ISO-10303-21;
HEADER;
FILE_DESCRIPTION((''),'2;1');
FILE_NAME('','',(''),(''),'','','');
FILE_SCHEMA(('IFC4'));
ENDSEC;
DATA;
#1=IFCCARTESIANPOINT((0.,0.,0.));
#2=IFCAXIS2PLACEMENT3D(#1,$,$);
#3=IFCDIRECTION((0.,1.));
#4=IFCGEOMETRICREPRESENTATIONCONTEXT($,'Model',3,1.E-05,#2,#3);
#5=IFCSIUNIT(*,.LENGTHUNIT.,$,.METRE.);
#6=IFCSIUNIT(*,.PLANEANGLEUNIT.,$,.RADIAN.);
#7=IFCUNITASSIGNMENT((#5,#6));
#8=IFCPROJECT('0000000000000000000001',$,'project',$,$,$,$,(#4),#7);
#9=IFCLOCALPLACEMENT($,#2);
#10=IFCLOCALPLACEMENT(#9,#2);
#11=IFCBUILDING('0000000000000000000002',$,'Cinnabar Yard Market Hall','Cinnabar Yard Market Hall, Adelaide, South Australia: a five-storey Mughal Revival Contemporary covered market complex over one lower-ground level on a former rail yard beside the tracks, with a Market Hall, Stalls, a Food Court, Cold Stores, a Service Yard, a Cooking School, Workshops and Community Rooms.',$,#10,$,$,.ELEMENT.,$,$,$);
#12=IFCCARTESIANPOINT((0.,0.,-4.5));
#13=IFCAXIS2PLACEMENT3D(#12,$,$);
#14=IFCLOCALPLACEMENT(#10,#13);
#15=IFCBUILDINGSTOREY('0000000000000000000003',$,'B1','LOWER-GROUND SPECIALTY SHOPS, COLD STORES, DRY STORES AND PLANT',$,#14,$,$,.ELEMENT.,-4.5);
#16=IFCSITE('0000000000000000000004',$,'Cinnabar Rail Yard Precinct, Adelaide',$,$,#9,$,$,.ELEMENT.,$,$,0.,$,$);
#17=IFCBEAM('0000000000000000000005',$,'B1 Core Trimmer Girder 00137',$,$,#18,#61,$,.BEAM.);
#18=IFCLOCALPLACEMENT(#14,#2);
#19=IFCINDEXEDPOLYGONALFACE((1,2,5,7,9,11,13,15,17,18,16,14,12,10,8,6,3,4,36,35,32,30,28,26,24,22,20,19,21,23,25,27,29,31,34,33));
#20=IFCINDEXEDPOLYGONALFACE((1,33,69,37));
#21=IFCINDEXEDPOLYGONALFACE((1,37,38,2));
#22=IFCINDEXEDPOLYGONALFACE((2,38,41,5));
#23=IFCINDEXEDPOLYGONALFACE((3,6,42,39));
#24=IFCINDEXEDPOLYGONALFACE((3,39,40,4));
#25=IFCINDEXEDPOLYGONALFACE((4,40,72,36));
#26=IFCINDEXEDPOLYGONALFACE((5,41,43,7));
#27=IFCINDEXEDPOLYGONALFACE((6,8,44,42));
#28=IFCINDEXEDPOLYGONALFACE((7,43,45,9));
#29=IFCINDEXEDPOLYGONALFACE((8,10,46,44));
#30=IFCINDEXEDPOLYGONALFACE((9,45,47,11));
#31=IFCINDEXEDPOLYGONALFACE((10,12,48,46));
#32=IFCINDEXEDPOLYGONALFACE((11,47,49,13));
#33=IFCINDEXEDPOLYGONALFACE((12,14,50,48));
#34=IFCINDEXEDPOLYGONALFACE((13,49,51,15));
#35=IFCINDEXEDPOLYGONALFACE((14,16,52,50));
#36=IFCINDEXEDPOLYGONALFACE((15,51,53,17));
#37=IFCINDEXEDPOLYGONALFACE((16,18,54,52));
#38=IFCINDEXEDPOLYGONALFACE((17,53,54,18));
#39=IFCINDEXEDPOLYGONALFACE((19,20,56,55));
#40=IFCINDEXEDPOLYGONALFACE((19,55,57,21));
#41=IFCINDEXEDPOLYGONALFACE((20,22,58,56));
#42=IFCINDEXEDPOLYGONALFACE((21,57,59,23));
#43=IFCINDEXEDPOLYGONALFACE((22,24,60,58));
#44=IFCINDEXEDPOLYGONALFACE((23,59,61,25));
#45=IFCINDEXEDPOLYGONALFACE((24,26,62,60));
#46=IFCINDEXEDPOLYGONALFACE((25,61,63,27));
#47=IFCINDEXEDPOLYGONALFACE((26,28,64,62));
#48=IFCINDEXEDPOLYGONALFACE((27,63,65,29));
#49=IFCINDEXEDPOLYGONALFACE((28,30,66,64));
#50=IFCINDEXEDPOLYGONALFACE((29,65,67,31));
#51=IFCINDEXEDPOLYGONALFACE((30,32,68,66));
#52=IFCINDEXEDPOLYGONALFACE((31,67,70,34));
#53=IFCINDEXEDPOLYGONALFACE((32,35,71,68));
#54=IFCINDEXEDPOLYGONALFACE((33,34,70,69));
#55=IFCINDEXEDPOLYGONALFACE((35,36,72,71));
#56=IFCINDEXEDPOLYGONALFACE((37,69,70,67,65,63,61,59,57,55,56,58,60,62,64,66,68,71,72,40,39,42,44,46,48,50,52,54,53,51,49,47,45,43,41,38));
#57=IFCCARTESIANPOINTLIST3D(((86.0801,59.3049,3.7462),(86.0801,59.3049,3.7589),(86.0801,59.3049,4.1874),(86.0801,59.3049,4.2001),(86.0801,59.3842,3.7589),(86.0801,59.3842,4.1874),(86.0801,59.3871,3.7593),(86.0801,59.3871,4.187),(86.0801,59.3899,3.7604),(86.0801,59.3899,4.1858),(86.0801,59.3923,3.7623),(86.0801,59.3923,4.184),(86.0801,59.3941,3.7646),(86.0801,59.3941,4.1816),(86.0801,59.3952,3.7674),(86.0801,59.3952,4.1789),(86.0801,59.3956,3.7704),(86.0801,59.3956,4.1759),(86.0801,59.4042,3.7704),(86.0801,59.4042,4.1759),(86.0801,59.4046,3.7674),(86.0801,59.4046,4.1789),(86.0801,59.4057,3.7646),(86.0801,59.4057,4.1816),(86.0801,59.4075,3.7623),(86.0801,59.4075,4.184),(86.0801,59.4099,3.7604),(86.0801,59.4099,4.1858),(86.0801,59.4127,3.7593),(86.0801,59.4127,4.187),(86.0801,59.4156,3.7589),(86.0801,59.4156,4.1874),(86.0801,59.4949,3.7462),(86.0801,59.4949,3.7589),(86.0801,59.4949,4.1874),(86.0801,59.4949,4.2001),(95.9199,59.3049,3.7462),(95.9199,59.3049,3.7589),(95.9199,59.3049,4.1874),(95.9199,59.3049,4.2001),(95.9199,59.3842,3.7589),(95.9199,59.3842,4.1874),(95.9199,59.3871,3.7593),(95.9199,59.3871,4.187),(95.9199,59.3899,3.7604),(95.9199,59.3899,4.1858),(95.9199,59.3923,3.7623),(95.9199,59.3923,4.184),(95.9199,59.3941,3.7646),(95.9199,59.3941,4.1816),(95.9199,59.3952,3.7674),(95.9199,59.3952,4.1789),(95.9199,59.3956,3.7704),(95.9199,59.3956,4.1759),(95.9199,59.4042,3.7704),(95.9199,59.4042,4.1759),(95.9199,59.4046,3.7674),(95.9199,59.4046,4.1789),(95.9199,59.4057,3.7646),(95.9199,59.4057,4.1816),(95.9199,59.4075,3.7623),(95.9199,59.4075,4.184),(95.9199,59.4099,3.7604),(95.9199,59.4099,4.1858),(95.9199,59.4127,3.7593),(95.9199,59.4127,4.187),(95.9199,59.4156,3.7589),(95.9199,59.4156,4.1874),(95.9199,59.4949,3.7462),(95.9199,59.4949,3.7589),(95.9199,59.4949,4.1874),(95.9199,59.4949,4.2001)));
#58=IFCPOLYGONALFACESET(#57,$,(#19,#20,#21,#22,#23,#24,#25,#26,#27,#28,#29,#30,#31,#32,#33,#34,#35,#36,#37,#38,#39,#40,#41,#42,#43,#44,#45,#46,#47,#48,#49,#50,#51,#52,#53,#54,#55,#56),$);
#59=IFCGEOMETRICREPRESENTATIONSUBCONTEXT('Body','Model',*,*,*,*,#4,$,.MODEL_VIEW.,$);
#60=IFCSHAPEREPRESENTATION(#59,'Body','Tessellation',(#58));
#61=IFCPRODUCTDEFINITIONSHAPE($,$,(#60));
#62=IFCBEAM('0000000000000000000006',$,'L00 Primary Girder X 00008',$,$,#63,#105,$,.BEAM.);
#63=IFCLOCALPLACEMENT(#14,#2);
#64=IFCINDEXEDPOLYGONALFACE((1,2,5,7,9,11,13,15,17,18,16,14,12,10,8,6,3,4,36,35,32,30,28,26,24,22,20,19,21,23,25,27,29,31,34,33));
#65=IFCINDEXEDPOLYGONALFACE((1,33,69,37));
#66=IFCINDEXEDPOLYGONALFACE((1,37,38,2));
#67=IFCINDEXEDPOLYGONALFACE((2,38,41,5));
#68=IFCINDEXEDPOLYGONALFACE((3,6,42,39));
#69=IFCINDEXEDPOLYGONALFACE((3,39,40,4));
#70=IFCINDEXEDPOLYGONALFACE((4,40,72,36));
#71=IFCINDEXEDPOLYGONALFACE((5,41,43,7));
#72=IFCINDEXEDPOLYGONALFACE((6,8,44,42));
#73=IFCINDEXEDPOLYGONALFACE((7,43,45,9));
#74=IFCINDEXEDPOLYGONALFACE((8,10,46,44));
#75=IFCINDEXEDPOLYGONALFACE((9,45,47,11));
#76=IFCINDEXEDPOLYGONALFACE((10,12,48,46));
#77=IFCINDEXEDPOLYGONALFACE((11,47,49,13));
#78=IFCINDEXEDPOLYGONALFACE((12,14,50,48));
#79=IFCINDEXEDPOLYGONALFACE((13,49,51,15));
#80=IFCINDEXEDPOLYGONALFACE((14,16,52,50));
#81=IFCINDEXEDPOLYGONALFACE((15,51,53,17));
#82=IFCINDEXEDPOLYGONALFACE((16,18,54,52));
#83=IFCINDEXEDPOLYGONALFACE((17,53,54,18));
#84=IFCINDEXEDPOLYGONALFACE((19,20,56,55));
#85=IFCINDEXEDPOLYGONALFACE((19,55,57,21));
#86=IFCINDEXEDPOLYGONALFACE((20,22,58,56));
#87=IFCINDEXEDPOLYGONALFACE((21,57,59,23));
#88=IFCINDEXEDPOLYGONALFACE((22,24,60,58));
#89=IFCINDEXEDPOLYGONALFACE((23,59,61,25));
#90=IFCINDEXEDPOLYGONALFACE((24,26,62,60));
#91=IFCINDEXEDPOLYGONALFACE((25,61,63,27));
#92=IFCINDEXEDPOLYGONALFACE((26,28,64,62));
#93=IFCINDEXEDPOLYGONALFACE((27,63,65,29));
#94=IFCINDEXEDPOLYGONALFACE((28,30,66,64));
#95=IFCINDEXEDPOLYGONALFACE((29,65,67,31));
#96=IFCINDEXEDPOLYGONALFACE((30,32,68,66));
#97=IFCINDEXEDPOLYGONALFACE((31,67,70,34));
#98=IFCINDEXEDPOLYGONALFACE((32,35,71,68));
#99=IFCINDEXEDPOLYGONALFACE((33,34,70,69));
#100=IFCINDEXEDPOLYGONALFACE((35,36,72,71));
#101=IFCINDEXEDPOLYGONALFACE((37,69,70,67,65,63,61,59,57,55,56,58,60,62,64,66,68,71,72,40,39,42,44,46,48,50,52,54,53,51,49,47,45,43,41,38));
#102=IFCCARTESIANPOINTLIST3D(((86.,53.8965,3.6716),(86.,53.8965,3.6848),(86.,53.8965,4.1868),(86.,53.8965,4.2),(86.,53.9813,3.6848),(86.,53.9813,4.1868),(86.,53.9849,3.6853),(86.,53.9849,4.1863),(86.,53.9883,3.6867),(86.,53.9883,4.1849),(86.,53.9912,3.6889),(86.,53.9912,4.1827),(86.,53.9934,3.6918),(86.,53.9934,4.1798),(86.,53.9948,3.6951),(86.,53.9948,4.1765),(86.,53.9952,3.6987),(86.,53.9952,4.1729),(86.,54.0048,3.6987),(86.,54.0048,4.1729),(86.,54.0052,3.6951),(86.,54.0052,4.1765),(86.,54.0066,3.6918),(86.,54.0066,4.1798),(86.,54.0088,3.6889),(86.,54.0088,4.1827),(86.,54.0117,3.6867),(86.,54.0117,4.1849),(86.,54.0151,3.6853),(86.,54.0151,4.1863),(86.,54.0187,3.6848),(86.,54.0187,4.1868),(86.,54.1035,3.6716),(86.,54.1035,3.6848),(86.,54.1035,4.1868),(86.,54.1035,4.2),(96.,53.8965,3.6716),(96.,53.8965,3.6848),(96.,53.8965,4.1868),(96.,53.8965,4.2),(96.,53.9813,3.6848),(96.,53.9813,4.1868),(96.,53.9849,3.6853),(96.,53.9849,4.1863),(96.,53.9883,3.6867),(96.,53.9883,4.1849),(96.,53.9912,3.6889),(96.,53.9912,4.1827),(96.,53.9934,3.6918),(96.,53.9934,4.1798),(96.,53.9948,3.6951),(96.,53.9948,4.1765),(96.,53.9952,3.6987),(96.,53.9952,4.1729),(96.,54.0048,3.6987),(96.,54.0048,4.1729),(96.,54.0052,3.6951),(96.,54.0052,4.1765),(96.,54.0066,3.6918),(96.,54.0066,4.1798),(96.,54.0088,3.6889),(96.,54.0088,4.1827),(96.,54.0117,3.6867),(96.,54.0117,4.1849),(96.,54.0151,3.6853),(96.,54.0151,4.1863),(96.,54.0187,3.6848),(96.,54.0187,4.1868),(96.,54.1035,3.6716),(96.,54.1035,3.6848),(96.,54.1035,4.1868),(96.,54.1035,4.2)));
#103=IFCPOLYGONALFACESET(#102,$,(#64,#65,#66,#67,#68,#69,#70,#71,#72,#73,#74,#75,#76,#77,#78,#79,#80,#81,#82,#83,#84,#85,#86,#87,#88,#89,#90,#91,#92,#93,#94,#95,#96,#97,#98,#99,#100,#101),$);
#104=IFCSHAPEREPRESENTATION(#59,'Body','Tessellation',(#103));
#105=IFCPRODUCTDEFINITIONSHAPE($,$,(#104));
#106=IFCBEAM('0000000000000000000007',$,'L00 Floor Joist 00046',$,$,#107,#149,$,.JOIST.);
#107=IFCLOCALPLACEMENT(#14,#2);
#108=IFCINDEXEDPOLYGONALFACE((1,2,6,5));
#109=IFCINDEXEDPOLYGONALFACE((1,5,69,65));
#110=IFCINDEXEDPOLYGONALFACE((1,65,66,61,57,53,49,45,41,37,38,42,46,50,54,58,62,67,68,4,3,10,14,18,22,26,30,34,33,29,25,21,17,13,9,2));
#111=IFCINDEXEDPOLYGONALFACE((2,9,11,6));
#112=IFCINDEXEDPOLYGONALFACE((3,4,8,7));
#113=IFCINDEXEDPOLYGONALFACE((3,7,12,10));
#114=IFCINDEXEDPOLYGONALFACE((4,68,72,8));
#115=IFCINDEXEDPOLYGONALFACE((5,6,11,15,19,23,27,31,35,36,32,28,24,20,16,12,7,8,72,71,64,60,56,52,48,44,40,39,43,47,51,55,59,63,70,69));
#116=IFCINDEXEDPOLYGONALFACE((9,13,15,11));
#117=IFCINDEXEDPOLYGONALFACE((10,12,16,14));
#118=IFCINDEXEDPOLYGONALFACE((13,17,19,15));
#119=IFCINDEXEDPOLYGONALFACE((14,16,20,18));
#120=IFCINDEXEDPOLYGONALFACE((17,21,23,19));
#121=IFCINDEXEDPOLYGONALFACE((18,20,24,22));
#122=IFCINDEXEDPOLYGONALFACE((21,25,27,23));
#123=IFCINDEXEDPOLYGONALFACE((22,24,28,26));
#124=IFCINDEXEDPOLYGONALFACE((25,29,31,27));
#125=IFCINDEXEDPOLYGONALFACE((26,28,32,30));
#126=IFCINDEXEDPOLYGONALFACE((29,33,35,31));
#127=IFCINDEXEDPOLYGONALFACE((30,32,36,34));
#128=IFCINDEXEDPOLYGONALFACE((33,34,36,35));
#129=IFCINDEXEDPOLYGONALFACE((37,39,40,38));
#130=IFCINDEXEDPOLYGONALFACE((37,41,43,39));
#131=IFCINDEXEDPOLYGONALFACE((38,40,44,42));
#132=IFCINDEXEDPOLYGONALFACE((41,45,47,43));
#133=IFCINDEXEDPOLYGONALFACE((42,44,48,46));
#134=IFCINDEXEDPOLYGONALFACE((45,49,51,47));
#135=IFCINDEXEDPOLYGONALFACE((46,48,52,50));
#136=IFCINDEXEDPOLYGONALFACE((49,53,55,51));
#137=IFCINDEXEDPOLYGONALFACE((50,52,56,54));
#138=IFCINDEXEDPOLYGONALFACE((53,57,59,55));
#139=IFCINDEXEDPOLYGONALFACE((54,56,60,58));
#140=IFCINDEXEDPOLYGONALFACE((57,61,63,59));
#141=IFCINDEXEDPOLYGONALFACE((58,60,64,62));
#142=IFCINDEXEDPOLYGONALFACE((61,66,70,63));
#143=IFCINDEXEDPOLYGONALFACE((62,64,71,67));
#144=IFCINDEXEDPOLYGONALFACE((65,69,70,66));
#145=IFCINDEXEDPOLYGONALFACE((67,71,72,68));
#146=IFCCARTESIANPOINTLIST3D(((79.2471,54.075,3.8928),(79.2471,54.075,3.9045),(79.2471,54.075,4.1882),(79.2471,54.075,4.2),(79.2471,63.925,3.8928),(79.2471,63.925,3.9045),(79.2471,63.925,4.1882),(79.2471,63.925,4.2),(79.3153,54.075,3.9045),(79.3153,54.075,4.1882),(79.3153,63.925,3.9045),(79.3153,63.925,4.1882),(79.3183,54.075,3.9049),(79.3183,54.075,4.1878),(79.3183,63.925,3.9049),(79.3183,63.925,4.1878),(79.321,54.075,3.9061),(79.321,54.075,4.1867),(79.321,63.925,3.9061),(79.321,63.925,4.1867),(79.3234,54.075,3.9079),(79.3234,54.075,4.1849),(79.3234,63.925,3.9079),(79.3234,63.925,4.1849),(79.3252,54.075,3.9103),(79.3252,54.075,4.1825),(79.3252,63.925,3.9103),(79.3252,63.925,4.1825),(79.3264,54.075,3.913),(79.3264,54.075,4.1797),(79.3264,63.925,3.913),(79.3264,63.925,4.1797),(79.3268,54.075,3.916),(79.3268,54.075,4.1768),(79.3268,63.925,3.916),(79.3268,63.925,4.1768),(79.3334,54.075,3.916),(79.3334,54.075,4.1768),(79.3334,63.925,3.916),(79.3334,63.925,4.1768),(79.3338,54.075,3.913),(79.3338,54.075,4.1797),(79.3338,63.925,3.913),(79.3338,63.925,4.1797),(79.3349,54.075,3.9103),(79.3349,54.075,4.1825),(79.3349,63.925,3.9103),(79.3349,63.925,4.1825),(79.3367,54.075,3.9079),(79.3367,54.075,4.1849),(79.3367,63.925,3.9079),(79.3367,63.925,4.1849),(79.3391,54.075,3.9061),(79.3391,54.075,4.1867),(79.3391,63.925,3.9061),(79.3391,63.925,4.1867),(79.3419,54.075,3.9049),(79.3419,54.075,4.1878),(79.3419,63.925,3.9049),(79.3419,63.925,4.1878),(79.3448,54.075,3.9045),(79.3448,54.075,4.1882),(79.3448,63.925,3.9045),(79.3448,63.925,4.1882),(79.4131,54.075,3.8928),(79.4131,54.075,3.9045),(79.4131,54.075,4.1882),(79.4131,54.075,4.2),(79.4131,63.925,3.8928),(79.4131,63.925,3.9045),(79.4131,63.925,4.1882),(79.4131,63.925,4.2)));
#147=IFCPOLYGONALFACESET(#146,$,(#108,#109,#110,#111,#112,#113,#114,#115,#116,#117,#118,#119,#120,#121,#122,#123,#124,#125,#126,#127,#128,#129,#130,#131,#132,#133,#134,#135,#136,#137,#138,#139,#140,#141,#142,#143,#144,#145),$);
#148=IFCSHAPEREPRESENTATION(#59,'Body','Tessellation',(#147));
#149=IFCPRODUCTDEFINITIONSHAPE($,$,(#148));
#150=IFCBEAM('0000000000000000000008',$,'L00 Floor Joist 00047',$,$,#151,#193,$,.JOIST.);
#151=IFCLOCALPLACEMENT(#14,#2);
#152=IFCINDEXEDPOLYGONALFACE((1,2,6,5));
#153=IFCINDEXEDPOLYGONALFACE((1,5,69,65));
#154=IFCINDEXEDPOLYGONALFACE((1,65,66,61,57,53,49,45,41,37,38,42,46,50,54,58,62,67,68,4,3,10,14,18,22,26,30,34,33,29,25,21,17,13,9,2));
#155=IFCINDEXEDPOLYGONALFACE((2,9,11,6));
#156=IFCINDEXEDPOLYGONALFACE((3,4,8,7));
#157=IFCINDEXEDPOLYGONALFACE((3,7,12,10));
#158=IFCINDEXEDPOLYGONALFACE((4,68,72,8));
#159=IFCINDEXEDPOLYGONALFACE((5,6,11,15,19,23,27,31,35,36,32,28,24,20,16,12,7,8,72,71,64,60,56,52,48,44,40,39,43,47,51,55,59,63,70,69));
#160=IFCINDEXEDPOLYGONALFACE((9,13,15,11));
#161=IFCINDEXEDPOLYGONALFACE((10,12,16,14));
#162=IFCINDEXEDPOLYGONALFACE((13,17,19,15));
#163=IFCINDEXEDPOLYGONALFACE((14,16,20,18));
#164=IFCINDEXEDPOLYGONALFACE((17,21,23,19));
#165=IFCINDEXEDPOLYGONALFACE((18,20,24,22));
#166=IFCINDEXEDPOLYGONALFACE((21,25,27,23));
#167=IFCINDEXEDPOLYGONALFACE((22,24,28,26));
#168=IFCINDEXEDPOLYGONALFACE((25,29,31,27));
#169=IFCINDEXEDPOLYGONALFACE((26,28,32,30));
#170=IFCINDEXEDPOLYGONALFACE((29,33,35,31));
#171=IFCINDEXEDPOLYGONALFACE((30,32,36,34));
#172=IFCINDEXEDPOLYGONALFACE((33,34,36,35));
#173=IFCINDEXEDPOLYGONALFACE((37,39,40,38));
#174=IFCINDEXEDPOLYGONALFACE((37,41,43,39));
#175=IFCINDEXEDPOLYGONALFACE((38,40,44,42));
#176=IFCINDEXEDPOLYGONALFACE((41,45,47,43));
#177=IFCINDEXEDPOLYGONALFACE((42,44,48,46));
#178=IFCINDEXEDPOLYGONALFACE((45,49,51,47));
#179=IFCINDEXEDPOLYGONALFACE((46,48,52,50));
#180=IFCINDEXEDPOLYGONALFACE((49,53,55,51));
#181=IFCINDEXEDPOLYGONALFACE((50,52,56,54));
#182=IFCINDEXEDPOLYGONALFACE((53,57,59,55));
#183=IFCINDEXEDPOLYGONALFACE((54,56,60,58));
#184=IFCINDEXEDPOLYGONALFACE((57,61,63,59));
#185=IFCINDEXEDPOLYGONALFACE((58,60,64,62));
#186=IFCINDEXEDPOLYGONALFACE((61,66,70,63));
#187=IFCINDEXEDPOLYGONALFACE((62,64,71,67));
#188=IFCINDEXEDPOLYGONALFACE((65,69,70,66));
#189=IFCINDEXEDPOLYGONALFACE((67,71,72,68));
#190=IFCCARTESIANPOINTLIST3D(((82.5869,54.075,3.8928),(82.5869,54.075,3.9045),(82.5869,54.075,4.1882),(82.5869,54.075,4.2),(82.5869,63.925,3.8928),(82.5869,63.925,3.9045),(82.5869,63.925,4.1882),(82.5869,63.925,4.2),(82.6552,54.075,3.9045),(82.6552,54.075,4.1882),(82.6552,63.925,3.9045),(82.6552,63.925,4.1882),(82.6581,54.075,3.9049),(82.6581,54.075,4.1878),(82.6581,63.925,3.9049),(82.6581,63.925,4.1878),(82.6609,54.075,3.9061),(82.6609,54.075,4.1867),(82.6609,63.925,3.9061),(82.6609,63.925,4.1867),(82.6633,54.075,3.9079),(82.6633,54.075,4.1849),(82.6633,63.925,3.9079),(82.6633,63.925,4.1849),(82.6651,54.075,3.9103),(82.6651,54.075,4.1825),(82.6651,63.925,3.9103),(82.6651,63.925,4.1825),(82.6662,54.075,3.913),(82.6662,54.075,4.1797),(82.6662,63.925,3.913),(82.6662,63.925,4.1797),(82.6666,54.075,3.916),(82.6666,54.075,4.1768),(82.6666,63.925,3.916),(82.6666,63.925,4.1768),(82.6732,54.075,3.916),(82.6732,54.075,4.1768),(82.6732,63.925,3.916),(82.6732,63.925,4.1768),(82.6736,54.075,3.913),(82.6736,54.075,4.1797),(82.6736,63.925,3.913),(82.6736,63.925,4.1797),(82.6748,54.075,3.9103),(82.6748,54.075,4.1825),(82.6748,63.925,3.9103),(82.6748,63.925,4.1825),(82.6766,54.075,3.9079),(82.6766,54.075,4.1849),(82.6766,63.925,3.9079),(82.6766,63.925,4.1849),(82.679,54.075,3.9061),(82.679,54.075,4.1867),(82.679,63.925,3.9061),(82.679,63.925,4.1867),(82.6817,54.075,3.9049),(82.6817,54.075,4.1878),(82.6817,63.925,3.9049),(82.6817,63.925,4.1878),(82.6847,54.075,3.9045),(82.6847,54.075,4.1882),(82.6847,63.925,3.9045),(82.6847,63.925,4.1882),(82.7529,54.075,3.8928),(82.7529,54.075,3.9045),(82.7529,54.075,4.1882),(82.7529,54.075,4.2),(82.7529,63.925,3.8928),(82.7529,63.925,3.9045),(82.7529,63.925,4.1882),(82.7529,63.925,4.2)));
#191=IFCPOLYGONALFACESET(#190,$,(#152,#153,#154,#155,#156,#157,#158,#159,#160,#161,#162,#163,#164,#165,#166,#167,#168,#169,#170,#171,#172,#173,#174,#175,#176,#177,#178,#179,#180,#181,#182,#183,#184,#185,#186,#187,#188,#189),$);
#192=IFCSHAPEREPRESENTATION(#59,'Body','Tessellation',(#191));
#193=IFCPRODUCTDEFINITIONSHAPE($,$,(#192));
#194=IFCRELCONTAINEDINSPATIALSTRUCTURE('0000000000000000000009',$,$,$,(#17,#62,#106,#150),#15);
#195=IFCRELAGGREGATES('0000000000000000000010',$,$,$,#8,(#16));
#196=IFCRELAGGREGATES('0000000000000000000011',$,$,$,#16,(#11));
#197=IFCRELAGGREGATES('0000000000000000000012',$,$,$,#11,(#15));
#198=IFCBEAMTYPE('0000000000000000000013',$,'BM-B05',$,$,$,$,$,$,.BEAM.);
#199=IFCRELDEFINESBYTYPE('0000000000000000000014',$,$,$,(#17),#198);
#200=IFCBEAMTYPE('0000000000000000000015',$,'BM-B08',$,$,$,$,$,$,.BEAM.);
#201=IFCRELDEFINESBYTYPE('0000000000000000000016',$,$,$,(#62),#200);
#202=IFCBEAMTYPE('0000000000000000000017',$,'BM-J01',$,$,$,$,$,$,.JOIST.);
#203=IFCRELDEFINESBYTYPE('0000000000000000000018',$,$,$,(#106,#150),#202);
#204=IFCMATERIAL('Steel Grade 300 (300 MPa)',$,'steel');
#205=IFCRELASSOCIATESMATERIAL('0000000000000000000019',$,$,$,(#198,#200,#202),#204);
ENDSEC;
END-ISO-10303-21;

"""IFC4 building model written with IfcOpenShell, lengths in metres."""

from ifc_helpers import new_model, si_unit, direction, frame, origin, origin_2d_with_axis, place, context, subcontext, project, spatial, i_section, extrude, material, material_profile, profile_set, type_object, element, save


model = new_model("IFC4")

# Units and contexts
model_context = context("Model", 3, precision=1e-05, world=origin(), true_north=direction((0.0, 1.0)))
body_context = subcontext(model_context, "Body", "Model", "MODEL_VIEW")
ifc_project = project(units=[si_unit("LENGTHUNIT", "METRE"), si_unit("PLANEANGLEUNIT", "RADIAN")], contexts=[model_context])

# Site, building, storey
site_placement = place(None, origin())
site = spatial("IfcSite", under=ifc_project, at=site_placement, Name="Cinnabar Rail Yard Precinct, Adelaide", CompositionType="ELEMENT", RefElevation=0.0)
building_placement = place(site_placement, origin())
building = spatial("IfcBuilding", under=site, at=building_placement, Name="Cinnabar Yard Market Hall", Description="Cinnabar Yard Market Hall, Adelaide, South Australia: a five-storey Mughal Revival Contemporary covered market complex over one lower-ground level on a former rail yard beside the tracks, with a Market Hall, Stalls, a Food Court, Cold Stores, a Service Yard, a Cooking School, Workshops and Community Rooms.", CompositionType="ELEMENT")
storey_placement = place(building_placement, frame((0.0, 0.0, -4.5)))
storey = spatial("IfcBuildingStorey", under=building, at=storey_placement, Name="B1", Description="LOWER-GROUND SPECIALTY SHOPS, COLD STORES, DRY STORES AND PLANT", CompositionType="ELEMENT", Elevation=-4.5)

# Beams
ifc_material_1 = material(Name="Steel Grade 300 (300 MPa)", Category="steel")
ifc_material_profile_1 = material_profile(ifc_material_1, i_section(OverallWidth=0.1899, OverallDepth=0.4539, WebThickness=0.0085, FlangeThickness=0.0127, FilletRadius=0.0115, at=origin_2d_with_axis()), Name="460UB67.1")
ifc_profile_set_1 = profile_set([ifc_material_profile_1], Name="Steel Grade 300 (300 MPa)")
beam_type_1 = type_object("IfcBeamType", Name="BM-B05", PredefinedType="BEAM", material=ifc_profile_set_1)
beam_1_placement = place(storey_placement, frame((86.0801, 59.3999, 3.9731), z_axis=(1.0, 0.0, 0.0), x_axis=(0.0, 1.0, 0.0)))
element("IfcBeam", 1, at=beam_1_placement, inside=storey, type_object=beam_type_1, Name="B1 Core Trimmer Girder 00137", PredefinedType="BEAM", context=body_context, shape_type="SweptSolid", body=[
    extrude(i_section(OverallWidth=0.1899, OverallDepth=0.4539, WebThickness=0.0085, FlangeThickness=0.0127, FilletRadius=0.0115, at=origin_2d_with_axis()), origin(), (0.0, 0.0, 1.0), 9.8398),
])
ifc_material_profile_2 = material_profile(ifc_material_1, i_section(OverallWidth=0.207, OverallDepth=0.5283, WebThickness=0.0095, FlangeThickness=0.0132, FilletRadius=0.0139, at=origin_2d_with_axis()), Name="530UB82.0")
ifc_profile_set_2 = profile_set([ifc_material_profile_2], Name="Steel Grade 300 (300 MPa)")
beam_type_2 = type_object("IfcBeamType", Name="BM-B08", PredefinedType="BEAM", material=ifc_profile_set_2)
beam_2_placement = place(storey_placement, frame((86.0, 54.0, 3.9358), z_axis=(1.0, 0.0, 0.0), x_axis=(0.0, 1.0, 0.0)))
element("IfcBeam", 2, at=beam_2_placement, inside=storey, type_object=beam_type_2, Name="L00 Primary Girder X 00008", PredefinedType="BEAM", context=body_context, shape_type="SweptSolid", body=[
    extrude(i_section(OverallWidth=0.207, OverallDepth=0.5283, WebThickness=0.0095, FlangeThickness=0.0132, FilletRadius=0.0139, at=origin_2d_with_axis()), origin(), (0.0, 0.0, 1.0), 10.0),
])
ifc_material_profile_3 = material_profile(ifc_material_1, i_section(OverallWidth=0.166, OverallDepth=0.3071, WebThickness=0.0066, FlangeThickness=0.0117, FilletRadius=0.0115, at=origin_2d_with_axis()), Name="310UB46.2")
ifc_profile_set_3 = profile_set([ifc_material_profile_3], Name="Steel Grade 300 (300 MPa)")
beam_type_3 = type_object("IfcBeamType", Name="BM-J01", PredefinedType="JOIST", material=ifc_profile_set_3)
for number, where, z_axis, x_axis, name in (
    (3, (79.3301, 54.075, 4.0464), (0.0, 1.0, 0.0), (-1.0, 0.0, 0.0), "L00 Floor Joist 00046"),
    (4, (82.6699, 54.075, 4.0464), (0.0, 1.0, 0.0), (-1.0, 0.0, 0.0), "L00 Floor Joist 00047"),
):
    element("IfcBeam", number, at=place(storey_placement, frame(where, z_axis=z_axis, x_axis=x_axis)), inside=storey, type_object=beam_type_3, Name=name, PredefinedType="JOIST", context=body_context, shape_type="SweptSolid", body=[
        extrude(i_section(OverallWidth=0.166, OverallDepth=0.3071, WebThickness=0.0066, FlangeThickness=0.0117, FilletRadius=0.0115, at=origin_2d_with_axis()), origin(), (0.0, 0.0, 1.0), 9.8501),
    ])

save(model, "model.ifc")
